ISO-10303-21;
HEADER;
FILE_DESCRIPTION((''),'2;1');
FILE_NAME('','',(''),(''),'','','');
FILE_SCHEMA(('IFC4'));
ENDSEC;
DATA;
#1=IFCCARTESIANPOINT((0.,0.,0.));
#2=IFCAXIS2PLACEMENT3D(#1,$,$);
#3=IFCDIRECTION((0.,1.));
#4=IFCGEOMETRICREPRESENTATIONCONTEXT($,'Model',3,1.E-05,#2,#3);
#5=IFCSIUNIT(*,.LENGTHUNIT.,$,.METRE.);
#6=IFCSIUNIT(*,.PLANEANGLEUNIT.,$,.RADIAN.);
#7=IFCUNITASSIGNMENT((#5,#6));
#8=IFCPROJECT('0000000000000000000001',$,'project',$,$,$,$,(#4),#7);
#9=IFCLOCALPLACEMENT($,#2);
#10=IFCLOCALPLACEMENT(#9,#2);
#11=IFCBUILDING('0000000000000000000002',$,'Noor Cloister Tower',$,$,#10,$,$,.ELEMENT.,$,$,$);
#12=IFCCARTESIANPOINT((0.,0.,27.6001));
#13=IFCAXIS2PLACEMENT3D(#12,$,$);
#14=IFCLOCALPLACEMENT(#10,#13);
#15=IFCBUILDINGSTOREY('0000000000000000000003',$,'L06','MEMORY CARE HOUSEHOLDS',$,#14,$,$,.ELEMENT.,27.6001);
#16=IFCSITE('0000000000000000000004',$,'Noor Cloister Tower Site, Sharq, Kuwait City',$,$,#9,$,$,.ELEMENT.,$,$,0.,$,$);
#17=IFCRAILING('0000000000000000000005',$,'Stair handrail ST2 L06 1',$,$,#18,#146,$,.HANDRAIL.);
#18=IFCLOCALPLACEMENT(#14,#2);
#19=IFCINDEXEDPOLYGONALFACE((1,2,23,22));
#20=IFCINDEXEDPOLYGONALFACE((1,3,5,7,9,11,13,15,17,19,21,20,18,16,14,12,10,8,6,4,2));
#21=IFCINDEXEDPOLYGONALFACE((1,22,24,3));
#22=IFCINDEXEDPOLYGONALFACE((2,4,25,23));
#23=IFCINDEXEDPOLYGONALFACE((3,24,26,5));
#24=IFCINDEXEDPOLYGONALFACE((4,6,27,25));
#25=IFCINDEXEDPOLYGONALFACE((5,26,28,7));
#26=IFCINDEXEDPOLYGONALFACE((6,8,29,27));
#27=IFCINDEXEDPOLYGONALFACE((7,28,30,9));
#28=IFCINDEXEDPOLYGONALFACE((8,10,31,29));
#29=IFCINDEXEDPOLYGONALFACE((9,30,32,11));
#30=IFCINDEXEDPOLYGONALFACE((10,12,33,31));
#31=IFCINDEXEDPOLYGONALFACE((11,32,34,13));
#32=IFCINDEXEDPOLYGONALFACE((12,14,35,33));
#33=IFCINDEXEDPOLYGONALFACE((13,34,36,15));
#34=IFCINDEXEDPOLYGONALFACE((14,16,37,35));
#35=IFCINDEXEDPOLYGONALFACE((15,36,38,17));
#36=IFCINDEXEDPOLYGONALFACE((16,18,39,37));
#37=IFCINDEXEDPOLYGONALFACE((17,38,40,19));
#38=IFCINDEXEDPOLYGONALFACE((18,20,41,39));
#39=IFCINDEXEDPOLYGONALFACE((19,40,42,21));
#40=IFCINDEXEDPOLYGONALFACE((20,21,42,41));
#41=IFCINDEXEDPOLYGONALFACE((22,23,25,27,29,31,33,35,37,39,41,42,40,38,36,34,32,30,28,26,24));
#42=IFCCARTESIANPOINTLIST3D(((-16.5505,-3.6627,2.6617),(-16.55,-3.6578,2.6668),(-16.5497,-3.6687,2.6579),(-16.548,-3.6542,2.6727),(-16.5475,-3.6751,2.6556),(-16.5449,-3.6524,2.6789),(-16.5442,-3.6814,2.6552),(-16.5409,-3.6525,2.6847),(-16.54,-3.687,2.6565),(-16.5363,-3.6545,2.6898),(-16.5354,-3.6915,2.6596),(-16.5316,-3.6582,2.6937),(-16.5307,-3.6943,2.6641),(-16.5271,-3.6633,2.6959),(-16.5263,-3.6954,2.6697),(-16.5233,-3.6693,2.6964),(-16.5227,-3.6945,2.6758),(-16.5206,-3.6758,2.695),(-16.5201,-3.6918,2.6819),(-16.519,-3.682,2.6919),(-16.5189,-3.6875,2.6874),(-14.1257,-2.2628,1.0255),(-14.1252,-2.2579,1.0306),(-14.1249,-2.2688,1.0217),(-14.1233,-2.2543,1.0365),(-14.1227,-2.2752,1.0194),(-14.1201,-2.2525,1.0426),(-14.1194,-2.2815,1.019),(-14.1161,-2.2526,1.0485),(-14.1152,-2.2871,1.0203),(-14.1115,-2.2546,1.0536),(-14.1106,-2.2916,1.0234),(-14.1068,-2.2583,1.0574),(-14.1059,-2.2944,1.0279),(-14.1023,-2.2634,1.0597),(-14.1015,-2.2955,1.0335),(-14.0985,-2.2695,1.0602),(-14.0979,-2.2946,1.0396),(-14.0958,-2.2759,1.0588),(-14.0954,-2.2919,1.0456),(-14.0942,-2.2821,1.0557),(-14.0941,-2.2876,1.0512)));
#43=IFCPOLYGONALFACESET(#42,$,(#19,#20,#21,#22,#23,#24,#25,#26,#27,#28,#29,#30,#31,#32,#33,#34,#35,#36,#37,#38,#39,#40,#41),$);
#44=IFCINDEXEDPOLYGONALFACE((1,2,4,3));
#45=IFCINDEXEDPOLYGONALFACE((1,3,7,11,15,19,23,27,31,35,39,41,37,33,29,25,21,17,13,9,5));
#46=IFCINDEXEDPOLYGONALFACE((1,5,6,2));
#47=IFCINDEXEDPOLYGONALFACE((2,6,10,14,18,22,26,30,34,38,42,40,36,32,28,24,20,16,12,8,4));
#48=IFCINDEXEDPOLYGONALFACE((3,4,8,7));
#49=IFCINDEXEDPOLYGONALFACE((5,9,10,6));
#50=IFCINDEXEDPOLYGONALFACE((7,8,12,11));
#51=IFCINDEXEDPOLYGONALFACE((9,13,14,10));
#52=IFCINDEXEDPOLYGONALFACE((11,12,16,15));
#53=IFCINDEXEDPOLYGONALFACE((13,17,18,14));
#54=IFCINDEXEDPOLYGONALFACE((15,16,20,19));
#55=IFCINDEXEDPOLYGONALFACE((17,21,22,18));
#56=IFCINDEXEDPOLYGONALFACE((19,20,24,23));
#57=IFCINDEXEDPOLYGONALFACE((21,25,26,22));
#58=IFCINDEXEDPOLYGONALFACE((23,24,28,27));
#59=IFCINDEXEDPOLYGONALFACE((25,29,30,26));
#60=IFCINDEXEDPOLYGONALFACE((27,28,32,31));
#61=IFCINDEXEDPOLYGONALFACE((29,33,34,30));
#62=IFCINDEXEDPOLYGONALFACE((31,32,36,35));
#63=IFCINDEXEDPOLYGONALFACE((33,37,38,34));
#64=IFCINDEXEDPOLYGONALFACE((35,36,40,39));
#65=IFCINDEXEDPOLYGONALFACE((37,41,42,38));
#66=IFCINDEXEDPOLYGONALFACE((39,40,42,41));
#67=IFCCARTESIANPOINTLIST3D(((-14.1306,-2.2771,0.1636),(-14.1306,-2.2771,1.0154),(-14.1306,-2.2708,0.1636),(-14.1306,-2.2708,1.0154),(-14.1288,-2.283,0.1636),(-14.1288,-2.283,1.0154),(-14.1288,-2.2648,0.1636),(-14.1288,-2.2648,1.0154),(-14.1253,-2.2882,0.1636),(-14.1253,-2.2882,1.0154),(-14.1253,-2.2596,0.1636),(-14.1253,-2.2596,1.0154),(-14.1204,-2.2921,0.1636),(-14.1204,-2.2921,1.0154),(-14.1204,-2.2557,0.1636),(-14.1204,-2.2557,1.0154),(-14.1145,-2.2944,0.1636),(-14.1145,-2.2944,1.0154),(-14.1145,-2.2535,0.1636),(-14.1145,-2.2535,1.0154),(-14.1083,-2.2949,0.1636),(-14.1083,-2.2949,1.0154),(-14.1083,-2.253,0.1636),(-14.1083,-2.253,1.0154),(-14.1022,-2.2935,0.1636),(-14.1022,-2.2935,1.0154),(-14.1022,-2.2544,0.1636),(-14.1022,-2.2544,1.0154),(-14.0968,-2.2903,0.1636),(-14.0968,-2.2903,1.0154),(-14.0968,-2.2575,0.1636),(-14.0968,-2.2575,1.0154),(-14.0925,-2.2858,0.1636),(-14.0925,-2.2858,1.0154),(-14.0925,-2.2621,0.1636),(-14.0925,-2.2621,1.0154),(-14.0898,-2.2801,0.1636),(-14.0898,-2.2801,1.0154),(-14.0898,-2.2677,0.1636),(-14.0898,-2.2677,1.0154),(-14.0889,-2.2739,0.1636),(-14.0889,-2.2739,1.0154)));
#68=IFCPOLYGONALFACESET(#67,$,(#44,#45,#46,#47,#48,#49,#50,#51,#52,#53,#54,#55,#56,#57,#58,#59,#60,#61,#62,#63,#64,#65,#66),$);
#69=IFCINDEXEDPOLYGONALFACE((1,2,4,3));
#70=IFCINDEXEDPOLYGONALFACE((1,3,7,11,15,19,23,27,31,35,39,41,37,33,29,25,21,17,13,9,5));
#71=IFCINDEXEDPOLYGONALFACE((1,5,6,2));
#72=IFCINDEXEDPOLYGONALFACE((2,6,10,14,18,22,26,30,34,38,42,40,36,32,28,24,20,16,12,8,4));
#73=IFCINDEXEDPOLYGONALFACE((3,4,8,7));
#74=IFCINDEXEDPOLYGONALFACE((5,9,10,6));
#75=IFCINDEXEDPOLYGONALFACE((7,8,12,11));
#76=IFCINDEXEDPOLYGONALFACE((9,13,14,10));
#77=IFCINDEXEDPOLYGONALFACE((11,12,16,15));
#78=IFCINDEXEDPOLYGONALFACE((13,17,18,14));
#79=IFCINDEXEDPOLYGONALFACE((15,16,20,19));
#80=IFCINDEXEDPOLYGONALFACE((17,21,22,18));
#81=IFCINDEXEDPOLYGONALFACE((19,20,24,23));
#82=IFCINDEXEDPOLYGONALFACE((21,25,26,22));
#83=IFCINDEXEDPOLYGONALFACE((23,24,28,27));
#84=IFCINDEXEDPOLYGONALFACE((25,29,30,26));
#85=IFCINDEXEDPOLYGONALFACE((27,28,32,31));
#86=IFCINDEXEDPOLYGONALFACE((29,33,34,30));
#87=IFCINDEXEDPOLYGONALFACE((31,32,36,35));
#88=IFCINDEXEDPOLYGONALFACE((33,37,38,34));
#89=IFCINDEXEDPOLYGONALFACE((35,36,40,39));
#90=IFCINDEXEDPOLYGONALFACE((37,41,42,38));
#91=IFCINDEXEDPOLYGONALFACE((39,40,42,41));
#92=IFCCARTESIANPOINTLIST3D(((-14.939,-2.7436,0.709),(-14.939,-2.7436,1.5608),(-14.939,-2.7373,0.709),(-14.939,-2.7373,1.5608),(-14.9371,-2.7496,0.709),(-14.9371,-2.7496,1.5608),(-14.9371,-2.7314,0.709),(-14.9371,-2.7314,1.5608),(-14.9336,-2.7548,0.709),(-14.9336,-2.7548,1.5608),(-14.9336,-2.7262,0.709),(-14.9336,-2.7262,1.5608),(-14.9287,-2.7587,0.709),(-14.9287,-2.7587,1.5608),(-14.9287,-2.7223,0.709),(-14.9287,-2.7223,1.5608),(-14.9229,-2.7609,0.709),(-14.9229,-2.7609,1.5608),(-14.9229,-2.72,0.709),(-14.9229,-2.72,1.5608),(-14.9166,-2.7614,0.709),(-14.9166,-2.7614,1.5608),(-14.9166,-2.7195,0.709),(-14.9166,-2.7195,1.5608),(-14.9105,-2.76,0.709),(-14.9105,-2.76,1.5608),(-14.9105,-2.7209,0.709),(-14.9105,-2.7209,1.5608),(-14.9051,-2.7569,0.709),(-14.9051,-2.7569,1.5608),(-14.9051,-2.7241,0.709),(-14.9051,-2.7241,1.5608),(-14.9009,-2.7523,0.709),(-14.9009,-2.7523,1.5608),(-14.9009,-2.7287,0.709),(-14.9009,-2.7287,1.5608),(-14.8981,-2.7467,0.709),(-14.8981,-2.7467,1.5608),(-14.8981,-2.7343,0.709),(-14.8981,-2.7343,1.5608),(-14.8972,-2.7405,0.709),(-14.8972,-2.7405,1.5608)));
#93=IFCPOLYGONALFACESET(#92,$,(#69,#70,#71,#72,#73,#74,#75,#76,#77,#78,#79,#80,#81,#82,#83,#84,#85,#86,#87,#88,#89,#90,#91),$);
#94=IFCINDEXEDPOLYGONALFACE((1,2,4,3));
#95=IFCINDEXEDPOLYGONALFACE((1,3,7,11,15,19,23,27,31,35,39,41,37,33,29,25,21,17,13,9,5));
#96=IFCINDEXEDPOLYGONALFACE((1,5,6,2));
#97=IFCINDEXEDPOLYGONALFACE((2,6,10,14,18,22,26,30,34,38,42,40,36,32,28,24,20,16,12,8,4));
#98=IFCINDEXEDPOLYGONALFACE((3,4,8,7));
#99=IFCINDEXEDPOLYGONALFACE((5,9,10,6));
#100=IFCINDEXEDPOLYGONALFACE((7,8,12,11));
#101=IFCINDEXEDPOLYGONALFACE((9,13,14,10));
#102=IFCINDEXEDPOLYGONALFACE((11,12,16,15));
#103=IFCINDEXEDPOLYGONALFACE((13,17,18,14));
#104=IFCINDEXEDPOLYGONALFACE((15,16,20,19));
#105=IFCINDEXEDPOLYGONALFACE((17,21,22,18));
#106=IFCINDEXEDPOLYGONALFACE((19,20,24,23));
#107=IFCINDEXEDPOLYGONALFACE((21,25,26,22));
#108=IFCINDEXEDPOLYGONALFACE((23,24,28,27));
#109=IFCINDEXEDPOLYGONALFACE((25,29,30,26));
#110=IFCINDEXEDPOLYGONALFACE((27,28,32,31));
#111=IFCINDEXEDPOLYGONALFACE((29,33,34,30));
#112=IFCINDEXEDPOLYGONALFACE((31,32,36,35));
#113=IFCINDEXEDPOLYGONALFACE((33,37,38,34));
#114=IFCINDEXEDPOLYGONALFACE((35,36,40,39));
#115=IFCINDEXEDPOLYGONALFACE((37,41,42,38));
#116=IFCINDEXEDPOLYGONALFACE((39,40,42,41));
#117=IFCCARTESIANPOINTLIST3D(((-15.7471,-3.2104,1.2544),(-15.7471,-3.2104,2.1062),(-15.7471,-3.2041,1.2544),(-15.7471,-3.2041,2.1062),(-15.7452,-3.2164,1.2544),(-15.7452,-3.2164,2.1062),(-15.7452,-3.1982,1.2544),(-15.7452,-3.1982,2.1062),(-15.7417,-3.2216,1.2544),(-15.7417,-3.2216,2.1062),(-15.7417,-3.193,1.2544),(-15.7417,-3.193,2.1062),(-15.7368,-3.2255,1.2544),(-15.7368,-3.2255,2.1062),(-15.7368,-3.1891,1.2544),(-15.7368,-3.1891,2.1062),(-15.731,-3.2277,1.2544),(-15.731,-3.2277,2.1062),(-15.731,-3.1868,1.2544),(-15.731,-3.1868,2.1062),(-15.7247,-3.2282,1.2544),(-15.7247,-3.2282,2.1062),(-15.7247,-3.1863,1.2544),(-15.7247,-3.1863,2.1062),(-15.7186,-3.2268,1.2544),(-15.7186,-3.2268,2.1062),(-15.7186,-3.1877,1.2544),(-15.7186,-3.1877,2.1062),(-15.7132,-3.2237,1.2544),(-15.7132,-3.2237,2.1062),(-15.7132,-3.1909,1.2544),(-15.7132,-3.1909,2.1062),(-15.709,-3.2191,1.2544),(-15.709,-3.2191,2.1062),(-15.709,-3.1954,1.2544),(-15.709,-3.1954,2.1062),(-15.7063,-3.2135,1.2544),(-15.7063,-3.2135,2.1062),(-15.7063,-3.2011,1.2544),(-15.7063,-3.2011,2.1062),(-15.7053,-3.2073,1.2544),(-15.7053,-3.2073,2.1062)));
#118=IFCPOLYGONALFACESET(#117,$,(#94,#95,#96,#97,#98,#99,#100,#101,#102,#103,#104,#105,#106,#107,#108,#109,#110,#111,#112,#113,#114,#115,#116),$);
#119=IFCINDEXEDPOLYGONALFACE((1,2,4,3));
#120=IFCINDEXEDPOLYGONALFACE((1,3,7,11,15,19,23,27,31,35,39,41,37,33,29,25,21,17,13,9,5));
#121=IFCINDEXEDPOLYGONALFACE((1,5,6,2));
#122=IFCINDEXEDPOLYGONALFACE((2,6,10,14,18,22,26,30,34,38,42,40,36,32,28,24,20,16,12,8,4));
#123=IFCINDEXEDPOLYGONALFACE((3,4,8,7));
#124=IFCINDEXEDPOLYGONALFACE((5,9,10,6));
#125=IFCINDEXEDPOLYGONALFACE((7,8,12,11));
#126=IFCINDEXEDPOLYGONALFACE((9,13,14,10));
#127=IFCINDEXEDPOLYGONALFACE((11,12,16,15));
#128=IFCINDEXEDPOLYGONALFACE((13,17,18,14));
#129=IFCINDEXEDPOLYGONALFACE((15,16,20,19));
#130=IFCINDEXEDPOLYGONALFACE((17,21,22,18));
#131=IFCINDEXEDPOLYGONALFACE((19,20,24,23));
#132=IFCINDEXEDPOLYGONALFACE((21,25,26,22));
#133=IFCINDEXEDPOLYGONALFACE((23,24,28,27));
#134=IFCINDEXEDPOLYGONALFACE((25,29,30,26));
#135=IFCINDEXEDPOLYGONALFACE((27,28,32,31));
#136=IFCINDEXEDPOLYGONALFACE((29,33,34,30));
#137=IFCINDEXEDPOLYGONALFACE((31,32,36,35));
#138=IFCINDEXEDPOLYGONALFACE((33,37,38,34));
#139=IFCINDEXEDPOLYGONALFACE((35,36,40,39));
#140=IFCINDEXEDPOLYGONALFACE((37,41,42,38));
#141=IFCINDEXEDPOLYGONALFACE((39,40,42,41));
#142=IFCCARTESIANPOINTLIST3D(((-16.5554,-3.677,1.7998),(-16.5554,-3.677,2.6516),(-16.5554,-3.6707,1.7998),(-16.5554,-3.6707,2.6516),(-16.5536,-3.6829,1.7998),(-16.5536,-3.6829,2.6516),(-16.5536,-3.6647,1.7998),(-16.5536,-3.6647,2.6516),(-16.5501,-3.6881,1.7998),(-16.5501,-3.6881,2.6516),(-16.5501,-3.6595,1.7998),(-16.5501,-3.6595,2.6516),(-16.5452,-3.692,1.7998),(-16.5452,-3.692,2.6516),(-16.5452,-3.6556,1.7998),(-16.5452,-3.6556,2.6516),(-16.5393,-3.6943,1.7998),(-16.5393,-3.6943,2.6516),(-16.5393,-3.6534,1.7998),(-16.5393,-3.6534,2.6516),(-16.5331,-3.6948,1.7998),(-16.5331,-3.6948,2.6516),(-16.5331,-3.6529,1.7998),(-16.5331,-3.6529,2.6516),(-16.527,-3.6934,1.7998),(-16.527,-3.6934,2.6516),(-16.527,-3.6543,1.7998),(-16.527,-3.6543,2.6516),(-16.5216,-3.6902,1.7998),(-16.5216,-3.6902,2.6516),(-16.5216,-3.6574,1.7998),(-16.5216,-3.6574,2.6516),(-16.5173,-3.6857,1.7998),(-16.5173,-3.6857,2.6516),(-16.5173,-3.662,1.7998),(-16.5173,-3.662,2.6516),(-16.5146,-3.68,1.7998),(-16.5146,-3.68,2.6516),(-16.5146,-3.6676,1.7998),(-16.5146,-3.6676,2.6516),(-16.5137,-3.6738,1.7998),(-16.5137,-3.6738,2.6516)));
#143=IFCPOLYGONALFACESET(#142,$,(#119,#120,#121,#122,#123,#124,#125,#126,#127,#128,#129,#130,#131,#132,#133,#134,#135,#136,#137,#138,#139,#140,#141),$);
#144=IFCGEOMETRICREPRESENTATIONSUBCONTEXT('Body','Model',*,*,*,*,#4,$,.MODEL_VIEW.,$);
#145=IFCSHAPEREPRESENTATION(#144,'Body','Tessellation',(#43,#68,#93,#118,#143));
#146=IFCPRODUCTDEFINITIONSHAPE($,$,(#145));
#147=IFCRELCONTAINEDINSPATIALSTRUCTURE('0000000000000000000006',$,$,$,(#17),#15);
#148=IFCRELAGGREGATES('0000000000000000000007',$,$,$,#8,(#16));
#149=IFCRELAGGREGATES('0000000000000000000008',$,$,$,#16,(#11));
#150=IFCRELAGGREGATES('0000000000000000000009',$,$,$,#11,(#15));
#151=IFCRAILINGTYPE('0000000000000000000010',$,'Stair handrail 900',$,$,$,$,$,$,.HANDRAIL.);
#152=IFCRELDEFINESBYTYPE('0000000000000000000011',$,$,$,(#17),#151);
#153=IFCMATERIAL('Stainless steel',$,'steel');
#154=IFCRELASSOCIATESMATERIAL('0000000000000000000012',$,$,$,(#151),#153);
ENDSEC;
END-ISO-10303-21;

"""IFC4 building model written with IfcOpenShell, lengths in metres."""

from ifc_helpers import new_model, si_unit, direction, frame, origin, origin_2d, place, context, subcontext, project, spatial, circle, extrude, material, type_object, element, save


model = new_model("IFC4")

# Units and contexts
model_context = context("Model", 3, precision=1e-05, world=origin(), true_north=direction((0.0, 1.0)))
body_context = subcontext(model_context, "Body", "Model", "MODEL_VIEW")
ifc_project = project(units=[si_unit("LENGTHUNIT", "METRE"), si_unit("PLANEANGLEUNIT", "RADIAN")], contexts=[model_context])

# Site, building, storey
site_placement = place(None, origin())
site = spatial("IfcSite", under=ifc_project, at=site_placement, Name="Noor Cloister Tower Site, Sharq, Kuwait City", CompositionType="ELEMENT", RefElevation=0.0)
building_placement = place(site_placement, origin())
building = spatial("IfcBuilding", under=site, at=building_placement, Name="Noor Cloister Tower", CompositionType="ELEMENT")
storey_placement = place(building_placement, frame((0.0, 0.0, 27.6001)))
storey = spatial("IfcBuildingStorey", under=building, at=storey_placement, Name="L06", Description="MEMORY CARE HOUSEHOLDS", CompositionType="ELEMENT", Elevation=27.6001)

# Railing
ifc_material_1 = material(Name="Stainless steel", Category="steel")
railing_type = type_object("IfcRailingType", Name="Stair handrail 900", PredefinedType="HANDRAIL", material=ifc_material_1)
railing_1_placement = place(storey_placement, frame((-14.1099, -2.2739, 0.1636)))
element("IfcRailing", 1, at=railing_1_placement, inside=storey, type_object=railing_type, Name="Stair handrail ST2 L06 1", PredefinedType="HANDRAIL", context=body_context, shape_type="SweptSolid", body=[
    extrude(circle(Radius=0.0239, at=origin_2d()), frame((0.0, 0.0, 0.876), z_axis=(-0.747718, -0.431677, 0.504552), x_axis=(0.499984, -0.866035, 0.0)), (0.0, 0.0, 1.0), 3.2429),
    extrude(circle(Radius=0.021, at=origin_2d()), origin(), (0.0, 0.0, 1.0), 0.8518),
    extrude(circle(Radius=0.021, at=origin_2d()), frame((-0.8083, -0.4666, 0.5454)), (0.0, 0.0, 1.0), 0.8518),
    extrude(circle(Radius=0.021, at=origin_2d()), frame((-1.6165, -0.9333, 1.0908)), (0.0, 0.0, 1.0), 0.8518),
    extrude(circle(Radius=0.021, at=origin_2d()), frame((-2.4248, -1.3999, 1.6362)), (0.0, 0.0, 1.0), 0.8518),
])

save(model, "model.ifc")
